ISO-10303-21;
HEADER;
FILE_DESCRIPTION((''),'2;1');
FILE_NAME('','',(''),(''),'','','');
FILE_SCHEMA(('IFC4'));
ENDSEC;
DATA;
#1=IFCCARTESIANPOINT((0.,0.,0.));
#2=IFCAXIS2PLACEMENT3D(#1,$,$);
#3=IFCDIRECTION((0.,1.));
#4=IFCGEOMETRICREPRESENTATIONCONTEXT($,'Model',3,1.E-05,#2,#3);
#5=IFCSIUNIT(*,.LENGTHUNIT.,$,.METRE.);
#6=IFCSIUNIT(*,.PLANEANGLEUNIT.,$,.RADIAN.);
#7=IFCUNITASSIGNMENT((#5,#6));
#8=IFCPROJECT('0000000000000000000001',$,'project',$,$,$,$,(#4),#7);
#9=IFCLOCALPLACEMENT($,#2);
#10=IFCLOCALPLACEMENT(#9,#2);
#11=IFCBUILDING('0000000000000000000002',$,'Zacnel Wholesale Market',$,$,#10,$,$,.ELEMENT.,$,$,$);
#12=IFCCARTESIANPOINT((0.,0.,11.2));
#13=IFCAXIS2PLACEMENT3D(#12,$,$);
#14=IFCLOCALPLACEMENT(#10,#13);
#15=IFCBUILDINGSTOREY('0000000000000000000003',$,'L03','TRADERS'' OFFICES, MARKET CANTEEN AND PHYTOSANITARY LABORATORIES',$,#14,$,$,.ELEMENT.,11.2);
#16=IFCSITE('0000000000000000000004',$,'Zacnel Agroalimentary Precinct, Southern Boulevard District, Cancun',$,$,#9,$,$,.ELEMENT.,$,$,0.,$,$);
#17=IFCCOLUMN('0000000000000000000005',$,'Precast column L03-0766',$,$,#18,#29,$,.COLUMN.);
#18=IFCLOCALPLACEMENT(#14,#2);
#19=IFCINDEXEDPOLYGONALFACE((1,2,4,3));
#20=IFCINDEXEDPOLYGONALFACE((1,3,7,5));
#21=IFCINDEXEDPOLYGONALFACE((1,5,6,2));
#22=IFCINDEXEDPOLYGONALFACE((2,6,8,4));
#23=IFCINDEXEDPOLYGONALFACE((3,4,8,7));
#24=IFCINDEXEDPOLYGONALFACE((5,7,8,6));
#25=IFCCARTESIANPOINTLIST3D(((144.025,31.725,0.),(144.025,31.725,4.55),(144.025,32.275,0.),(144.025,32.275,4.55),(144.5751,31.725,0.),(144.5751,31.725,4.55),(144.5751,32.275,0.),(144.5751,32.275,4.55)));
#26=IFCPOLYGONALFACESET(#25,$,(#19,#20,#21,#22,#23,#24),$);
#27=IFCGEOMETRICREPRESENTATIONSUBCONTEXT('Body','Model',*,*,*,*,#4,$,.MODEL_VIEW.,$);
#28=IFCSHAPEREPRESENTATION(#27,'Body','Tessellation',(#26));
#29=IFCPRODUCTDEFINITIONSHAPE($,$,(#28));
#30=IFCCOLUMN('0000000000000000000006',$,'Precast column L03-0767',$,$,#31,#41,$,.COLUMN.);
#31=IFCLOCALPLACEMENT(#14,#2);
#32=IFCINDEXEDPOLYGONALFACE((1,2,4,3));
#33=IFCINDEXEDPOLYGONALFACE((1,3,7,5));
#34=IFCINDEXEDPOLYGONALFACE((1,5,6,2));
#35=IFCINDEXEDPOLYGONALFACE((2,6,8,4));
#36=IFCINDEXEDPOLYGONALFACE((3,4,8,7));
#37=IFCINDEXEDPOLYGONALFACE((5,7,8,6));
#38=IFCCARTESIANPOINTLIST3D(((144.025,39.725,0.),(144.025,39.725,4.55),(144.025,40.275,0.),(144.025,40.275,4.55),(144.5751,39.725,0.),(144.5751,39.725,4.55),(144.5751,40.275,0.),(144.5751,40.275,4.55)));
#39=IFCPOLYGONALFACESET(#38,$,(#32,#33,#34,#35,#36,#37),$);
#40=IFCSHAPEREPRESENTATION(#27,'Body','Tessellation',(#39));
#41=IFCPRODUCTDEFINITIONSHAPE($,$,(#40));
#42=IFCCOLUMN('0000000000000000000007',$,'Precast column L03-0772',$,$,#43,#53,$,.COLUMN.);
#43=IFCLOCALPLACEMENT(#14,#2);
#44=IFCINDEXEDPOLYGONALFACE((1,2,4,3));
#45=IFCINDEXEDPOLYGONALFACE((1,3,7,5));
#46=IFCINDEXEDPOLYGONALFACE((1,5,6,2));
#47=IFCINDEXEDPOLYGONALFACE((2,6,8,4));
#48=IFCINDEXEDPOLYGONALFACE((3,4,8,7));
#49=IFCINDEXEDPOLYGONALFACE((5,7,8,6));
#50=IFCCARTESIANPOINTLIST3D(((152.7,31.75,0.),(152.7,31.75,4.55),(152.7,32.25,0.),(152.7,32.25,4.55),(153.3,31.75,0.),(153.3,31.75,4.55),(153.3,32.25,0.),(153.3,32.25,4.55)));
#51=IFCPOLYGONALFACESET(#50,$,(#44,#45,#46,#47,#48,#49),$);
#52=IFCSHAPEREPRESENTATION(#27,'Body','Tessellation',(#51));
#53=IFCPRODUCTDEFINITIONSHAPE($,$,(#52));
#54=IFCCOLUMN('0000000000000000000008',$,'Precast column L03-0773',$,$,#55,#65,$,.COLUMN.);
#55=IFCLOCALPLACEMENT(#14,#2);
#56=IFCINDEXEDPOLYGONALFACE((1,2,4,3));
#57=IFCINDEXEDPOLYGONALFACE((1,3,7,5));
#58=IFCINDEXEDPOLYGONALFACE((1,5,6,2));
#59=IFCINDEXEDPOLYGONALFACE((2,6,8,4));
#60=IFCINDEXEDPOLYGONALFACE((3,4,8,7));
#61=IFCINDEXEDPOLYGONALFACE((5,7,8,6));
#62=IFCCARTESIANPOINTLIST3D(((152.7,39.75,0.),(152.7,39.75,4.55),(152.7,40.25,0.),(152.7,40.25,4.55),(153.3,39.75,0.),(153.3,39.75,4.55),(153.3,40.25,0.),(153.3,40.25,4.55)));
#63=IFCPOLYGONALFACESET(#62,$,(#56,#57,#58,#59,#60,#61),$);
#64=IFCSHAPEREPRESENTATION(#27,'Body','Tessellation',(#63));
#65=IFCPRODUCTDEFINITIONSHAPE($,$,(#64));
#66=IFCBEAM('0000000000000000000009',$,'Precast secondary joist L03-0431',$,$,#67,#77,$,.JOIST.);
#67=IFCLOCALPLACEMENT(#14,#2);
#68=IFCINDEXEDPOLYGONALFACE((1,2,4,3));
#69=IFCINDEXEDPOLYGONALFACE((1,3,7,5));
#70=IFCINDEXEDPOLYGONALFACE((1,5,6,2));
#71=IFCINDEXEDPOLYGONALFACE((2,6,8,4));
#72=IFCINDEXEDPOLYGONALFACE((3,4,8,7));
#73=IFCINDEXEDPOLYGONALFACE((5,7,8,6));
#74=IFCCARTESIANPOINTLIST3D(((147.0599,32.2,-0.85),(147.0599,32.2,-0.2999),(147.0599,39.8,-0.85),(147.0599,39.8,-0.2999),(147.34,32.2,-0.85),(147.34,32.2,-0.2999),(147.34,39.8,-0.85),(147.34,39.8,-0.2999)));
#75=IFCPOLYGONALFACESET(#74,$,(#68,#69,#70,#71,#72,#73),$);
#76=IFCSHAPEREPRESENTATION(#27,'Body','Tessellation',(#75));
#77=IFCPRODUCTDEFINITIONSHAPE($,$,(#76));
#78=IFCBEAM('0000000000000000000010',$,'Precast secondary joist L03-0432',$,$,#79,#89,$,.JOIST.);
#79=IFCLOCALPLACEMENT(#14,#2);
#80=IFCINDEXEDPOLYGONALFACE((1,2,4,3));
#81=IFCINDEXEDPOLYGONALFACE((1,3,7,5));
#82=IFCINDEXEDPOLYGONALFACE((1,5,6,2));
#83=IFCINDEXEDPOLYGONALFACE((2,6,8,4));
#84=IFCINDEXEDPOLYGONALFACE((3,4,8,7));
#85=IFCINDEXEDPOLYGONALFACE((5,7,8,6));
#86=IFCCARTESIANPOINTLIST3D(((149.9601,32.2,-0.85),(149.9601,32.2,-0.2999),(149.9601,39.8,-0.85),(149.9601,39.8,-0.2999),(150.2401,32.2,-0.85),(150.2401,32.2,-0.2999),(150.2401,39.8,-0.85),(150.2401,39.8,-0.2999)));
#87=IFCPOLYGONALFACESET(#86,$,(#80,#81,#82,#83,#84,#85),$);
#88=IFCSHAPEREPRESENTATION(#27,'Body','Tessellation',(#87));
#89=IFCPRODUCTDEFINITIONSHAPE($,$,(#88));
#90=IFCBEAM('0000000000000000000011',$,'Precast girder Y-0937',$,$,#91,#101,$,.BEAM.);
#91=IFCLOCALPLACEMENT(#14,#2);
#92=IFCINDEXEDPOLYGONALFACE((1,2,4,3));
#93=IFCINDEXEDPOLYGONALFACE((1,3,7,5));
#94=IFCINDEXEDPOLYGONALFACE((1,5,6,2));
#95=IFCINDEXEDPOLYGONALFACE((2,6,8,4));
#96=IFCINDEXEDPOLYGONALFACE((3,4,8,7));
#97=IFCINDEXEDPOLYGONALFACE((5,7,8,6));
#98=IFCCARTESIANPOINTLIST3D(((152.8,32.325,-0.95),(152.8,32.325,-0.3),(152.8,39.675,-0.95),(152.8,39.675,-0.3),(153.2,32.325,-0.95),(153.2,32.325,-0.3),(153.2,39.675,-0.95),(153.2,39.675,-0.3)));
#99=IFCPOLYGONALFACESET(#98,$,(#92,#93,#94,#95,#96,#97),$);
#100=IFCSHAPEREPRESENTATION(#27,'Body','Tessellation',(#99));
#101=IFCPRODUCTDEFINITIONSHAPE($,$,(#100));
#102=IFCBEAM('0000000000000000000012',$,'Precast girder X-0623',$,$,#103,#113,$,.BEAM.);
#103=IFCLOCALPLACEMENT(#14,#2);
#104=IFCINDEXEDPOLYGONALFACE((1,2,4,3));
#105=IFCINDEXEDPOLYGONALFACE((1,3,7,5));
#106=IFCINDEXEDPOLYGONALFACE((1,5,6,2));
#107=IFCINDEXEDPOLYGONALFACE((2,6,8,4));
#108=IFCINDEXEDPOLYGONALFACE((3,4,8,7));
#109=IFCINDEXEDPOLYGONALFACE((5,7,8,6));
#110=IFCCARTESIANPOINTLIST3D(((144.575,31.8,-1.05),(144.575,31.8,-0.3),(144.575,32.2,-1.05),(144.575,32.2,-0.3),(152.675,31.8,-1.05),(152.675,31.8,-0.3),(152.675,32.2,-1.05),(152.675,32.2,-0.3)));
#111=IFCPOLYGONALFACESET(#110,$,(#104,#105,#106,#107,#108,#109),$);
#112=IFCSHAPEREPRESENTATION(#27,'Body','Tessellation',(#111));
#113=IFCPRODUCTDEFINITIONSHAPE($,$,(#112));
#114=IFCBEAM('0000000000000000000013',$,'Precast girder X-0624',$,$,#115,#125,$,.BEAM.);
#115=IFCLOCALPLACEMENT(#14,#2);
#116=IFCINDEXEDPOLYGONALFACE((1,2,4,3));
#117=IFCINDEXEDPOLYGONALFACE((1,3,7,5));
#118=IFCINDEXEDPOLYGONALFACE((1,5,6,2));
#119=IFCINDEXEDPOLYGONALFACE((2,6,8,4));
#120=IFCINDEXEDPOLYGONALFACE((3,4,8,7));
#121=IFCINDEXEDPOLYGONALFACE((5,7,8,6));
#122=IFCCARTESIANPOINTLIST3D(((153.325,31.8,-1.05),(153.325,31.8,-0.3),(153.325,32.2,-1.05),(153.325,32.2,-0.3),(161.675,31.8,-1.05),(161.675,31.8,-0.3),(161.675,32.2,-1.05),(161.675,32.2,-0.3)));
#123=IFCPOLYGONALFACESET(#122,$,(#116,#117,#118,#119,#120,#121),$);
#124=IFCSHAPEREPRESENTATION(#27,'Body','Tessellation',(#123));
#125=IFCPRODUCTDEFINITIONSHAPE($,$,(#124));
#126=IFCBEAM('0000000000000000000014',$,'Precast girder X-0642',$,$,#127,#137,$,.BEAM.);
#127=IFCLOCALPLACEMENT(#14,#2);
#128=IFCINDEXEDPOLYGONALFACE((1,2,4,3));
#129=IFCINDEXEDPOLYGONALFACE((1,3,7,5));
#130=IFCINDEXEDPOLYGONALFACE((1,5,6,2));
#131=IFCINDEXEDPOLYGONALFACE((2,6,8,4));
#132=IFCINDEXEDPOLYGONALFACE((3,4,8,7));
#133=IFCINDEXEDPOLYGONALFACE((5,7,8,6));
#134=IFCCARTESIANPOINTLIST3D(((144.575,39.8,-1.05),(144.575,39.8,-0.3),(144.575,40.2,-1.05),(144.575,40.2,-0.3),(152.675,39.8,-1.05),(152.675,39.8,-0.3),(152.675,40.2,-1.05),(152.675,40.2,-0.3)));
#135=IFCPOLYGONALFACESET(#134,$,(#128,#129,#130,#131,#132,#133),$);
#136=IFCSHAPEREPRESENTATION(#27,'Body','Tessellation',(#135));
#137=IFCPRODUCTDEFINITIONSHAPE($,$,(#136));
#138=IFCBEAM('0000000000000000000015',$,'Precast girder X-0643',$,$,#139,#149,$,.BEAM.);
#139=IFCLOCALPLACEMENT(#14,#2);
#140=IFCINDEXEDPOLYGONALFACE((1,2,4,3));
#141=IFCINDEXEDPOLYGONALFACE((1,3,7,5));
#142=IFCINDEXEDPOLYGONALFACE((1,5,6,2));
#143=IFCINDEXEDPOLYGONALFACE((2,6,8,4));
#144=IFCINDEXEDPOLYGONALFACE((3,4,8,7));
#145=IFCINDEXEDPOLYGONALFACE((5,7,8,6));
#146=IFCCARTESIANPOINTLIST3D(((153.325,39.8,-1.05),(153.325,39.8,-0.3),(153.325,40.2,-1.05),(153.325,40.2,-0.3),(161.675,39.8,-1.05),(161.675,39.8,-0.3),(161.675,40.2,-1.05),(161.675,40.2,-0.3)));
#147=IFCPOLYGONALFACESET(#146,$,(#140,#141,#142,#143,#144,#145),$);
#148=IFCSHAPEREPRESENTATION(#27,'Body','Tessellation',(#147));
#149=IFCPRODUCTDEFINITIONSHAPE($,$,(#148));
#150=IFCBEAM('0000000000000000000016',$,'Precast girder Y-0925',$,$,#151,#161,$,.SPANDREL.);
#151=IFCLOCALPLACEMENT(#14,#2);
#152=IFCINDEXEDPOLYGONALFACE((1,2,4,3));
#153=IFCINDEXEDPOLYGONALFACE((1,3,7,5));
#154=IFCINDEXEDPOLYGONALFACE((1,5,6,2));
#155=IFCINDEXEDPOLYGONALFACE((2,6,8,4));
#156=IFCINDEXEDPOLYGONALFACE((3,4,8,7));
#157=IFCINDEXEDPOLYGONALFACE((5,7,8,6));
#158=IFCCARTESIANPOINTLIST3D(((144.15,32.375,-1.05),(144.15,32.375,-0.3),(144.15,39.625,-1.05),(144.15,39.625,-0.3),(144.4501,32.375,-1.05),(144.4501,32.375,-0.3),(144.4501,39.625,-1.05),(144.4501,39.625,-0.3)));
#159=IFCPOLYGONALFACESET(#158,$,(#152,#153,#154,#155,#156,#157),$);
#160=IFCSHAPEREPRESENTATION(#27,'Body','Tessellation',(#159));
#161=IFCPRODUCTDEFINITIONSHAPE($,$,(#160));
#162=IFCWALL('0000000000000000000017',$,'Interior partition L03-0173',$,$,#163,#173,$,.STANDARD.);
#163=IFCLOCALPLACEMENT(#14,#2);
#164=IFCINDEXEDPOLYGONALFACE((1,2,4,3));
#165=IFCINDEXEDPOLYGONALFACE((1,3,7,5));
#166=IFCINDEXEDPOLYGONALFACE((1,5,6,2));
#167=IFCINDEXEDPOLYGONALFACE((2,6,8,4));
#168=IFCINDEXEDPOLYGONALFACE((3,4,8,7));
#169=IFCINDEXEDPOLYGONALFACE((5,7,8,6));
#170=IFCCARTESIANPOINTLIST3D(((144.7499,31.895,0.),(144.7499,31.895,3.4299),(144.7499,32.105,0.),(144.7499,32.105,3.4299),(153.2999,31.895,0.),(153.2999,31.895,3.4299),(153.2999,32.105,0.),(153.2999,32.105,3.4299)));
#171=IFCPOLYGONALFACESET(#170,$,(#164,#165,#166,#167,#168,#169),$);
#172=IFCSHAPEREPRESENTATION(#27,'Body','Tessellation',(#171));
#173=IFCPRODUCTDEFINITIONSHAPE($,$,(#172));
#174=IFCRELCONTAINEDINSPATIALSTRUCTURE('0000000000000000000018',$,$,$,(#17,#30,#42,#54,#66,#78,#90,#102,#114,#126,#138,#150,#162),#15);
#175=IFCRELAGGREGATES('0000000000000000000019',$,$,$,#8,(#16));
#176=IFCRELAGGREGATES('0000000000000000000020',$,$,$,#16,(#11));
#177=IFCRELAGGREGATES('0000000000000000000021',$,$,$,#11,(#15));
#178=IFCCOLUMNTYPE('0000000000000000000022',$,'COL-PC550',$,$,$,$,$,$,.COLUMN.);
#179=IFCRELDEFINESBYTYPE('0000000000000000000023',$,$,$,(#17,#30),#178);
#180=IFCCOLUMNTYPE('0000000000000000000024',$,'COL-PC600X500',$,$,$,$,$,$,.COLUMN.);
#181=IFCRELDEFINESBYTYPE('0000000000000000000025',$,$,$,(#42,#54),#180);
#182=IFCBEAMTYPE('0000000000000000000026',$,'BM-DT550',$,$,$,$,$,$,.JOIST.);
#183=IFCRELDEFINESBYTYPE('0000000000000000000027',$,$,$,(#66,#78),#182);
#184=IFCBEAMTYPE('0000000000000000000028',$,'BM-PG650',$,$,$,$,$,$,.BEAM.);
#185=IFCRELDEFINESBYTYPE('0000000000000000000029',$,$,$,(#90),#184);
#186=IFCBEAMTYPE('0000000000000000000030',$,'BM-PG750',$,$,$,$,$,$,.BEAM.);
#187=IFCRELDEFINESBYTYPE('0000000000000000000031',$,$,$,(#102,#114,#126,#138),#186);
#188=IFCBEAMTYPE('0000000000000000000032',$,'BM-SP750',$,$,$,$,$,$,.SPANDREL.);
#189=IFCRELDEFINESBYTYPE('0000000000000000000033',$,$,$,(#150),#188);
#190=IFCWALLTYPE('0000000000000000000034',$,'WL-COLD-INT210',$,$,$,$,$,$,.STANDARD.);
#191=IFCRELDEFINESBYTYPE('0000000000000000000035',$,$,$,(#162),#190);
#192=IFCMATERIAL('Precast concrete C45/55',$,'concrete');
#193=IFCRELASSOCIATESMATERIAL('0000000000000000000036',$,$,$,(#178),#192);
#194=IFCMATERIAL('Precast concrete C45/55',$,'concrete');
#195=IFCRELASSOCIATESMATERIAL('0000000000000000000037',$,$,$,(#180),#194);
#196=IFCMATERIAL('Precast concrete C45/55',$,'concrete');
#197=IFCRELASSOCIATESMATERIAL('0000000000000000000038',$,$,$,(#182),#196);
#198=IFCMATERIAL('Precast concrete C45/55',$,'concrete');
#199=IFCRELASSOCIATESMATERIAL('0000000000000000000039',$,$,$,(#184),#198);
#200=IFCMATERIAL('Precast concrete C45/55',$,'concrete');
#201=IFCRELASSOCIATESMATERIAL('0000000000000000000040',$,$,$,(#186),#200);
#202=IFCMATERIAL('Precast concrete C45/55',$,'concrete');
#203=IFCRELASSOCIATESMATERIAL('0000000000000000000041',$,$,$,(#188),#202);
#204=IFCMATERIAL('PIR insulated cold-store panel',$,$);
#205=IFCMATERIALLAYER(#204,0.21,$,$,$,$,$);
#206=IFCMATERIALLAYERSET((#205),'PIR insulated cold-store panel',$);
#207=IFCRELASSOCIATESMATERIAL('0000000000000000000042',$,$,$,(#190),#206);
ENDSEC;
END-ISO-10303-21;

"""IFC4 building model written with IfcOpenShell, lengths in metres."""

from ifc_helpers import new_model, si_unit, direction, frame, frame_2d, origin, origin_2d, place, context, subcontext, project, spatial, rectangle, extrude, material, layer, layer_set, material_profile, profile_set, type_object, element, save


model = new_model("IFC4")

# Units and contexts
model_context = context("Model", 3, precision=1e-05, world=origin(), true_north=direction((0.0, 1.0)))
body_context = subcontext(model_context, "Body", "Model", "MODEL_VIEW")
ifc_project = project(units=[si_unit("LENGTHUNIT", "METRE"), si_unit("PLANEANGLEUNIT", "RADIAN")], contexts=[model_context])

# Site, building, storey
site_placement = place(None, origin())
site = spatial("IfcSite", under=ifc_project, at=site_placement, Name="Zacnel Agroalimentary Precinct, Southern Boulevard District, Cancun", CompositionType="ELEMENT", RefElevation=0.0)
building_placement = place(site_placement, origin())
building = spatial("IfcBuilding", under=site, at=building_placement, Name="Zacnel Wholesale Market", CompositionType="ELEMENT")
storey_placement = place(building_placement, frame((0.0, 0.0, 11.2)))
storey = spatial("IfcBuildingStorey", under=building, at=storey_placement, Name="L03", Description="TRADERS' OFFICES, MARKET CANTEEN AND PHYTOSANITARY LABORATORIES", CompositionType="ELEMENT", Elevation=11.2)

# Columns
ifc_material_1 = material(Name="Precast concrete C45/55", Category="concrete")
ifc_material_profile_1 = material_profile(ifc_material_1, rectangle(XDim=0.55, YDim=0.55, at=origin_2d()), Name="PC 550x550")
ifc_profile_set_1 = profile_set([ifc_material_profile_1], Name="Precast concrete C45/55")
column_type_1 = type_object("IfcColumnType", Name="COL-PC550", PredefinedType="COLUMN", material=ifc_profile_set_1)
for number, where, z_axis, x_axis, name in (
    (1, (144.3, 32.0, 0.0), (0.0, 0.0, 1.0), (1.0, 0.0, 0.0), "Precast column L03-0766"),
    (2, (144.3, 40.0, 0.0), (0.0, 0.0, 1.0), (1.0, 0.0, 0.0), "Precast column L03-0767"),
):
    element("IfcColumn", number, at=place(storey_placement, frame(where, z_axis=z_axis, x_axis=x_axis)), inside=storey, type_object=column_type_1, Name=name, PredefinedType="COLUMN", context=body_context, shape_type="SweptSolid", body=[
        extrude(rectangle(XDim=0.55, YDim=0.55, at=origin_2d()), origin(), (0.0, 0.0, 1.0), 4.55),
    ])
ifc_material_2 = material(Name="Precast concrete C45/55", Category="concrete")
ifc_material_profile_2 = material_profile(ifc_material_2, rectangle(XDim=0.6001, YDim=0.5, at=origin_2d()), Name="PC 600x500")
ifc_profile_set_2 = profile_set([ifc_material_profile_2], Name="Precast concrete C45/55")
column_type_2 = type_object("IfcColumnType", Name="COL-PC600X500", PredefinedType="COLUMN", material=ifc_profile_set_2)
for number, where, z_axis, x_axis, name in (
    (3, (153.0, 32.0, 0.0), (0.0, 0.0, 1.0), (1.0, 0.0, 0.0), "Precast column L03-0772"),
    (4, (153.0, 40.0, 0.0), (0.0, 0.0, 1.0), (1.0, 0.0, 0.0), "Precast column L03-0773"),
):
    element("IfcColumn", number, at=place(storey_placement, frame(where, z_axis=z_axis, x_axis=x_axis)), inside=storey, type_object=column_type_2, Name=name, PredefinedType="COLUMN", context=body_context, shape_type="SweptSolid", body=[
        extrude(rectangle(XDim=0.6001, YDim=0.5, at=origin_2d()), origin(), (0.0, 0.0, 1.0), 4.55),
    ])

# Beams
ifc_material_3 = material(Name="Precast concrete C45/55", Category="concrete")
ifc_material_profile_3 = material_profile(ifc_material_3, rectangle(XDim=0.28, YDim=0.55, at=origin_2d()), Name="DT RIB 280x550")
ifc_profile_set_3 = profile_set([ifc_material_profile_3], Name="Precast concrete C45/55")
beam_type_1 = type_object("IfcBeamType", Name="BM-DT550", PredefinedType="JOIST", material=ifc_profile_set_3)
for number, where, z_axis, x_axis, name in (
    (5, (147.2, 32.2, -0.575), (0.0, 1.0, 0.0), (-1.0, 0.0, 0.0), "Precast secondary joist L03-0431"),
    (6, (150.1001, 32.2, -0.575), (0.0, 1.0, 0.0), (-1.0, 0.0, 0.0), "Precast secondary joist L03-0432"),
):
    element("IfcBeam", number, at=place(storey_placement, frame(where, z_axis=z_axis, x_axis=x_axis)), inside=storey, type_object=beam_type_1, Name=name, PredefinedType="JOIST", context=body_context, shape_type="SweptSolid", body=[
        extrude(rectangle(XDim=0.28, YDim=0.55, at=origin_2d()), origin(), (0.0, 0.0, 1.0), 7.6001),
    ])
ifc_material_4 = material(Name="Precast concrete C45/55", Category="concrete")
ifc_material_profile_4 = material_profile(ifc_material_4, rectangle(XDim=0.3999, YDim=0.6499, at=origin_2d()), Name="PG 400x650")
ifc_profile_set_4 = profile_set([ifc_material_profile_4], Name="Precast concrete C45/55")
beam_type_2 = type_object("IfcBeamType", Name="BM-PG650", PredefinedType="BEAM", material=ifc_profile_set_4)
beam_1_placement = place(storey_placement, frame((153.0, 32.325, -0.625), z_axis=(0.0, 1.0, 0.0), x_axis=(-1.0, 0.0, 0.0)))
element("IfcBeam", 7, at=beam_1_placement, inside=storey, type_object=beam_type_2, Name="Precast girder Y-0937", PredefinedType="BEAM", context=body_context, shape_type="SweptSolid", body=[
    extrude(rectangle(XDim=0.3999, YDim=0.6499, at=origin_2d()), origin(), (0.0, 0.0, 1.0), 7.3501),
])
ifc_material_5 = material(Name="Precast concrete C45/55", Category="concrete")
ifc_material_profile_5 = material_profile(ifc_material_5, rectangle(XDim=0.3999, YDim=0.75, at=origin_2d()), Name="PG 400x750")
ifc_profile_set_5 = profile_set([ifc_material_profile_5], Name="Precast concrete C45/55")
beam_type_3 = type_object("IfcBeamType", Name="BM-PG750", PredefinedType="BEAM", material=ifc_profile_set_5)
beam_2_placement = place(storey_placement, frame((144.575, 32.0, -0.675), z_axis=(1.0, 0.0, 0.0), x_axis=(0.0, 1.0, 0.0)))
element("IfcBeam", 8, at=beam_2_placement, inside=storey, type_object=beam_type_3, Name="Precast girder X-0623", PredefinedType="BEAM", context=body_context, shape_type="SweptSolid", body=[
    extrude(rectangle(XDim=0.3999, YDim=0.75, at=origin_2d()), origin(), (0.0, 0.0, 1.0), 8.1001),
])
beam_3_placement = place(storey_placement, frame((153.325, 32.0, -0.675), z_axis=(1.0, 0.0, 0.0), x_axis=(0.0, 1.0, 0.0)))
element("IfcBeam", 9, at=beam_3_placement, inside=storey, type_object=beam_type_3, Name="Precast girder X-0624", PredefinedType="BEAM", context=body_context, shape_type="SweptSolid", body=[
    extrude(rectangle(XDim=0.3999, YDim=0.75, at=origin_2d()), origin(), (0.0, 0.0, 1.0), 8.3501),
])
beam_4_placement = place(storey_placement, frame((144.575, 40.0, -0.675), z_axis=(1.0, 0.0, 0.0), x_axis=(0.0, 1.0, 0.0)))
element("IfcBeam", 10, at=beam_4_placement, inside=storey, type_object=beam_type_3, Name="Precast girder X-0642", PredefinedType="BEAM", context=body_context, shape_type="SweptSolid", body=[
    extrude(rectangle(XDim=0.3999, YDim=0.75, at=origin_2d()), origin(), (0.0, 0.0, 1.0), 8.1001),
])
beam_5_placement = place(storey_placement, frame((153.325, 40.0, -0.675), z_axis=(1.0, 0.0, 0.0), x_axis=(0.0, 1.0, 0.0)))
element("IfcBeam", 11, at=beam_5_placement, inside=storey, type_object=beam_type_3, Name="Precast girder X-0643", PredefinedType="BEAM", context=body_context, shape_type="SweptSolid", body=[
    extrude(rectangle(XDim=0.3999, YDim=0.75, at=origin_2d()), origin(), (0.0, 0.0, 1.0), 8.3501),
])
ifc_material_6 = material(Name="Precast concrete C45/55", Category="concrete")
ifc_material_profile_6 = material_profile(ifc_material_6, rectangle(XDim=0.3, YDim=0.75, at=origin_2d()), Name="SP 300x750")
ifc_profile_set_6 = profile_set([ifc_material_profile_6], Name="Precast concrete C45/55")
beam_type_4 = type_object("IfcBeamType", Name="BM-SP750", PredefinedType="SPANDREL", material=ifc_profile_set_6)
beam_6_placement = place(storey_placement, frame((144.3, 32.375, -0.675), z_axis=(0.0, 1.0, 0.0), x_axis=(-1.0, 0.0, 0.0)))
element("IfcBeam", 12, at=beam_6_placement, inside=storey, type_object=beam_type_4, Name="Precast girder Y-0925", PredefinedType="SPANDREL", context=body_context, shape_type="SweptSolid", body=[
    extrude(rectangle(XDim=0.3, YDim=0.75, at=origin_2d()), origin(), (0.0, 0.0, 1.0), 7.25),
])

# Wall
ifc_material_7 = material(Name="PIR insulated cold-store panel")
ifc_layer_1 = layer(ifc_material_7, 0.21)
ifc_layer_set_1 = layer_set([ifc_layer_1], Name="PIR insulated cold-store panel")
wall_type_1 = type_object("IfcWallType", Name="WL-COLD-INT210", PredefinedType="STANDARD", material=ifc_layer_set_1)
wall_1_placement = place(storey_placement, frame((144.75, 32.0, 0.0), z_axis=(0.0, 0.0, 1.0), x_axis=(1.0, 0.0, 0.0)))
element("IfcWall", 13, at=wall_1_placement, inside=storey, type_object=wall_type_1, Name="Interior partition L03-0173", PredefinedType="STANDARD", context=body_context, shape_type="SweptSolid", body=[
    extrude(rectangle(XDim=8.55, YDim=0.21, at=frame_2d((4.2749, 0.0))), origin(), (0.0, 0.0, 1.0), 3.4299),
])

save(model, "model.ifc")
